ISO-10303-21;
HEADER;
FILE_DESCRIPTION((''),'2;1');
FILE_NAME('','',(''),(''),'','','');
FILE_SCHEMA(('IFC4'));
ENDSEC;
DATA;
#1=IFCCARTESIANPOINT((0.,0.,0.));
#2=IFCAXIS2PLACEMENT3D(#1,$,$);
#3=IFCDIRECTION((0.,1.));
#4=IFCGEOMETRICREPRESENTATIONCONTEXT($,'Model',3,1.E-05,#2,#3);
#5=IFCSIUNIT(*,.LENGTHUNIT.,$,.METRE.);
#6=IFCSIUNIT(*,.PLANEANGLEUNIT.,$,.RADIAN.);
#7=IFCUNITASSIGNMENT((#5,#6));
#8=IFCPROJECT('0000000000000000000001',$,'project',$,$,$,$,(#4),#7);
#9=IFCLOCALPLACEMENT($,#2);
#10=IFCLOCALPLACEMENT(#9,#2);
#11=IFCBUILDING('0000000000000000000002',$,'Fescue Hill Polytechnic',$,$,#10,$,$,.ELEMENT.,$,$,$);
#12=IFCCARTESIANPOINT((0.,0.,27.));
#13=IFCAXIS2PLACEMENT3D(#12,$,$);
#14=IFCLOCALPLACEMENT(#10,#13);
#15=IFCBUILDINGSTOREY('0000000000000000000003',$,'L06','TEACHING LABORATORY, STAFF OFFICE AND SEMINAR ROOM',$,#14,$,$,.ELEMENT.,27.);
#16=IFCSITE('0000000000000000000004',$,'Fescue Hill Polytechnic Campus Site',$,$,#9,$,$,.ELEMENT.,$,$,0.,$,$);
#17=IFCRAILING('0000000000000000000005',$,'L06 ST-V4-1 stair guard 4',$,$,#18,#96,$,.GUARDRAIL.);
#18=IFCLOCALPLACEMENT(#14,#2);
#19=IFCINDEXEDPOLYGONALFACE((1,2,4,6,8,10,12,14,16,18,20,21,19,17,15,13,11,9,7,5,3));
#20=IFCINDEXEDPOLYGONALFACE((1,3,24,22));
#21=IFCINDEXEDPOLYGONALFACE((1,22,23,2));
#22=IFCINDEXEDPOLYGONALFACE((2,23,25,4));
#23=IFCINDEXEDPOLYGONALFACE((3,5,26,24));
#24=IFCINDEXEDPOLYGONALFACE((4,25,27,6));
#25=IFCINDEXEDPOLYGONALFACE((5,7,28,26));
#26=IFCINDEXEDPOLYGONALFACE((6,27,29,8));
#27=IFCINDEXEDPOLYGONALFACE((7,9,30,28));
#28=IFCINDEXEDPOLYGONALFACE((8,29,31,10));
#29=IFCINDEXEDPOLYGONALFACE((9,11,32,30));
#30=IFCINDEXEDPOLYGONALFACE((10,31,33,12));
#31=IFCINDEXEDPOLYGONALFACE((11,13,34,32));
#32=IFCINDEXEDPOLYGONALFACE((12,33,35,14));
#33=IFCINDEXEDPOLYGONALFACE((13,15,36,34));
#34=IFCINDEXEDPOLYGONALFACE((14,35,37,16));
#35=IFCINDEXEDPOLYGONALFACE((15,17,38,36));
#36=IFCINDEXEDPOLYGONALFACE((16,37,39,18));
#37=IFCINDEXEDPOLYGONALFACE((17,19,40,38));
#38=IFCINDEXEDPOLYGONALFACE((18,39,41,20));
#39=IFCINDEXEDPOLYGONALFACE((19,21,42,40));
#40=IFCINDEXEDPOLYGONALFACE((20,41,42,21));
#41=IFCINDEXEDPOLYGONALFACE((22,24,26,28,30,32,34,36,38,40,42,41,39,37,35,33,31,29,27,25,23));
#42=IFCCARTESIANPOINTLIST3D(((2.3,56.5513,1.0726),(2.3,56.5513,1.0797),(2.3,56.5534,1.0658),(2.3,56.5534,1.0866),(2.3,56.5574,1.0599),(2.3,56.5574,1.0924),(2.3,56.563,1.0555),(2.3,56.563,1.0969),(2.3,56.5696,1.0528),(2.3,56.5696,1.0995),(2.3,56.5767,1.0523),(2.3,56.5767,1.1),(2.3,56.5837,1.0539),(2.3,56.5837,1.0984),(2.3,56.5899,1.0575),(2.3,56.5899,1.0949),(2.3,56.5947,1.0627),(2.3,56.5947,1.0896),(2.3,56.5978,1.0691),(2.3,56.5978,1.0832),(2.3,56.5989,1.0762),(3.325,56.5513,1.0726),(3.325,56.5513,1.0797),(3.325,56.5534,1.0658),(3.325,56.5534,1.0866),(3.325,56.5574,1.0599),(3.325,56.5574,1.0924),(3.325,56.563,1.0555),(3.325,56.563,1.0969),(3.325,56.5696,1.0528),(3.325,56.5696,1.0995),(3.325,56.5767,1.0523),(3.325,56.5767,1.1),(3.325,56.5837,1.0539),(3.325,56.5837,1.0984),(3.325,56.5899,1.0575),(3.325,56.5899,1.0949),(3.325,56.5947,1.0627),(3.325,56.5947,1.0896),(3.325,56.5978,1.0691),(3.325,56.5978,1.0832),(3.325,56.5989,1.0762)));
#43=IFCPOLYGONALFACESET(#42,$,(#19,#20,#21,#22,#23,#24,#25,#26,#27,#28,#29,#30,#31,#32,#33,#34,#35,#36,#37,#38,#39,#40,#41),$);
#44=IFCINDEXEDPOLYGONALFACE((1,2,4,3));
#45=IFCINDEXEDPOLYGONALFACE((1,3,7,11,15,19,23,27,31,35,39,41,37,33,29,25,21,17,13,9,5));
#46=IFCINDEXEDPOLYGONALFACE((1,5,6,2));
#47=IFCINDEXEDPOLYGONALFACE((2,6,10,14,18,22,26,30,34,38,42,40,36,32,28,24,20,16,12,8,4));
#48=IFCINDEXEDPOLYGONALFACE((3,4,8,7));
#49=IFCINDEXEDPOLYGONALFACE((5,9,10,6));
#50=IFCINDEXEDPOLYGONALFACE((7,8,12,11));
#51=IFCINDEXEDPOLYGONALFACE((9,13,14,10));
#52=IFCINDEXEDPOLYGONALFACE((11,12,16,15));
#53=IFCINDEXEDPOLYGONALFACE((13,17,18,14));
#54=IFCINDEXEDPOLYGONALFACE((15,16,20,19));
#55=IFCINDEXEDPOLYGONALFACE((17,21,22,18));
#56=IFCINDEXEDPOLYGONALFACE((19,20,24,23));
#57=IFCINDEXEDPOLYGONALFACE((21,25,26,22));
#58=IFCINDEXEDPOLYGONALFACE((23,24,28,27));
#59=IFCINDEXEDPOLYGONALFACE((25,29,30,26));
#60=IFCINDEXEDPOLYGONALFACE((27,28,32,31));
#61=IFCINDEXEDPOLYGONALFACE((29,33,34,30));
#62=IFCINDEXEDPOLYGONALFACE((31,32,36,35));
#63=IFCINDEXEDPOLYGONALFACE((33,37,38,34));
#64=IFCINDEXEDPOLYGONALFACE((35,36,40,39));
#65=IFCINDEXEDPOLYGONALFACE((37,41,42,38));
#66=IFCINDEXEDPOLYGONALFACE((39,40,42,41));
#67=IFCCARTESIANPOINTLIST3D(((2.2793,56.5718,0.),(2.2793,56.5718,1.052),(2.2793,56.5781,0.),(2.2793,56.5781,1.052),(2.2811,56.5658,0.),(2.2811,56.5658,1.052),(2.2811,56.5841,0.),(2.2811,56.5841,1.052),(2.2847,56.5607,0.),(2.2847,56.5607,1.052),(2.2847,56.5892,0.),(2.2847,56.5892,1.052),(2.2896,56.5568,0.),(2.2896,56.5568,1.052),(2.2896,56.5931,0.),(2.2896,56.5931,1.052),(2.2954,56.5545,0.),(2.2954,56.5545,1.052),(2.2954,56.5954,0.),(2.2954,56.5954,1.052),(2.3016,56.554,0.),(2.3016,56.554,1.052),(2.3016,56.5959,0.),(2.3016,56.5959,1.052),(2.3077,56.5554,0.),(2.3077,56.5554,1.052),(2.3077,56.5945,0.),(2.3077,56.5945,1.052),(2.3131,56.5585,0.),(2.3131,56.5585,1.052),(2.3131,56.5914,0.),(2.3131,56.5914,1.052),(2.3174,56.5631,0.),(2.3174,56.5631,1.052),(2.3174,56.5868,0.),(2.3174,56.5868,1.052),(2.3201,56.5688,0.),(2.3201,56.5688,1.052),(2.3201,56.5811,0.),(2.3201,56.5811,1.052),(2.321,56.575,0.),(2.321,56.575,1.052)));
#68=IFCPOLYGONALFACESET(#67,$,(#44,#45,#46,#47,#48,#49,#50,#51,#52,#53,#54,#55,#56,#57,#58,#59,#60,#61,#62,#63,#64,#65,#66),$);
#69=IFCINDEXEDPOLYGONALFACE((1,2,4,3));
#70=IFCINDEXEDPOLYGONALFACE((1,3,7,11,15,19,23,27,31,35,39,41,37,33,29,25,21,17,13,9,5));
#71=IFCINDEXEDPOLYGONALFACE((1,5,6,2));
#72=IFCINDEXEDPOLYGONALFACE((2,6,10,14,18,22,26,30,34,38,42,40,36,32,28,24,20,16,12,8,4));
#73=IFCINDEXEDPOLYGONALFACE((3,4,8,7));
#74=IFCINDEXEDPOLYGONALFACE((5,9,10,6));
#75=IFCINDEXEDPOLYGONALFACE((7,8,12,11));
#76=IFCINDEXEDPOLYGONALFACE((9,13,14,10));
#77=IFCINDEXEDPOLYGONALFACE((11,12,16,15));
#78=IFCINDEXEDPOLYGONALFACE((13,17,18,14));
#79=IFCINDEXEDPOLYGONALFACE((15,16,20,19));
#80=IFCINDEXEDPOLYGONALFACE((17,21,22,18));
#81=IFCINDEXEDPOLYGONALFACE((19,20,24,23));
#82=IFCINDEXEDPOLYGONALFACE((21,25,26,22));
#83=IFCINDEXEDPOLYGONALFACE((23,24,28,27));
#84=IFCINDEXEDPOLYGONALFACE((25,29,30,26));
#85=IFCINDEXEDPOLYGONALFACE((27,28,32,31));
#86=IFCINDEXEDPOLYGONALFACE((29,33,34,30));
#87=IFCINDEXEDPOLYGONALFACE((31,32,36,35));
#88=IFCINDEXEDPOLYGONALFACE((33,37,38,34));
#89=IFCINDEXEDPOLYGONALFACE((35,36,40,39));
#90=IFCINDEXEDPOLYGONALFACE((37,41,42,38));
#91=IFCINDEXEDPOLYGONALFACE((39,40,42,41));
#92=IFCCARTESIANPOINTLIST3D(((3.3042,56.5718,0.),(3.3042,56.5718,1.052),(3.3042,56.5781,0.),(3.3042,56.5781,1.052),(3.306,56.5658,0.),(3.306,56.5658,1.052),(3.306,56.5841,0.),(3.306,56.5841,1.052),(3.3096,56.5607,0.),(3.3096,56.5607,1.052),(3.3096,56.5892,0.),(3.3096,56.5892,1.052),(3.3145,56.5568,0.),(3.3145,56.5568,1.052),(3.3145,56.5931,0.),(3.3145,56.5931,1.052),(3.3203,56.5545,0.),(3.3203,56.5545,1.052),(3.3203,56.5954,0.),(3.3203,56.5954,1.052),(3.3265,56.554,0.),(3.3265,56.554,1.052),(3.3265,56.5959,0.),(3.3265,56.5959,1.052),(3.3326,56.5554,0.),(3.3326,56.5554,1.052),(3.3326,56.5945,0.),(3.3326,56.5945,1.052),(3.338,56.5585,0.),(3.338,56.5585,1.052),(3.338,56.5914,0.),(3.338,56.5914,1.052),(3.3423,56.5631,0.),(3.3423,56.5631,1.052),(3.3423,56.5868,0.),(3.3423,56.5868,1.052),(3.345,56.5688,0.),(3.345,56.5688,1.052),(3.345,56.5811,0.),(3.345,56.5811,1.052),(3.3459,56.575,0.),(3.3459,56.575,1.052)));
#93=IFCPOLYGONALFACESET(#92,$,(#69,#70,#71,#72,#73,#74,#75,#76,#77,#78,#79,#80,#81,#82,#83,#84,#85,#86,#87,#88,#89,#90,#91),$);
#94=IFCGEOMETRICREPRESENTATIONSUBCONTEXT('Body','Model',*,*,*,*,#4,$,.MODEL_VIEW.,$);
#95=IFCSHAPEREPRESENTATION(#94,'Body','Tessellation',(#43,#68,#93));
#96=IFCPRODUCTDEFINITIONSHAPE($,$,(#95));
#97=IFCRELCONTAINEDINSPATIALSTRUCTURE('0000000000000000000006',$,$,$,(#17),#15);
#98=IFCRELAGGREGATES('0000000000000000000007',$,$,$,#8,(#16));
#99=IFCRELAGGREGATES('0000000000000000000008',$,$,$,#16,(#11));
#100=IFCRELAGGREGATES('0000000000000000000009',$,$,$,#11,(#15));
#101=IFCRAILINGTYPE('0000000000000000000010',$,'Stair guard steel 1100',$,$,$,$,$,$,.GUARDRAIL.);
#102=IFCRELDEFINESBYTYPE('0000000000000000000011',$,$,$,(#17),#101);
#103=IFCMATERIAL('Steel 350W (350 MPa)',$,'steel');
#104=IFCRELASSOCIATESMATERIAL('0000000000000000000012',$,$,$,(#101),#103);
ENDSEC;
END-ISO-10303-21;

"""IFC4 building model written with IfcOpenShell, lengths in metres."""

from ifc_helpers import new_model, si_unit, direction, frame, origin, origin_2d, place, context, subcontext, project, spatial, circle, extrude, material, type_object, element, save


model = new_model("IFC4")

# Units and contexts
model_context = context("Model", 3, precision=1e-05, world=origin(), true_north=direction((0.0, 1.0)))
body_context = subcontext(model_context, "Body", "Model", "MODEL_VIEW")
ifc_project = project(units=[si_unit("LENGTHUNIT", "METRE"), si_unit("PLANEANGLEUNIT", "RADIAN")], contexts=[model_context])

# Site, building, storey
site_placement = place(None, origin())
site = spatial("IfcSite", under=ifc_project, at=site_placement, Name="Fescue Hill Polytechnic Campus Site", CompositionType="ELEMENT", RefElevation=0.0)
building_placement = place(site_placement, origin())
building = spatial("IfcBuilding", under=site, at=building_placement, Name="Fescue Hill Polytechnic", CompositionType="ELEMENT")
storey_placement = place(building_placement, frame((0.0, 0.0, 27.0)))
storey = spatial("IfcBuildingStorey", under=building, at=storey_placement, Name="L06", Description="TEACHING LABORATORY, STAFF OFFICE AND SEMINAR ROOM", CompositionType="ELEMENT", Elevation=27.0)

# Railing
ifc_material_1 = material(Name="Steel 350W (350 MPa)", Category="steel")
railing_type_1 = type_object("IfcRailingType", Name="Stair guard steel 1100", PredefinedType="GUARDRAIL", material=ifc_material_1)
railing_1_placement = place(storey_placement, frame((2.3, 56.575, 0.0)))
element("IfcRailing", 1, at=railing_1_placement, inside=storey, type_object=railing_type_1, Name="L06 ST-V4-1 stair guard 4", PredefinedType="GUARDRAIL", context=body_context, shape_type="SweptSolid", body=[
    extrude(circle(Radius=0.0239, at=origin_2d()), frame((0.0, 0.0, 1.0762), z_axis=(1.0, 0.0, 0.0), x_axis=(0.0, 1.0, 0.0)), (0.0, 0.0, 1.0), 1.0249),
    extrude(circle(Radius=0.021, at=origin_2d()), origin(), (0.0, 0.0, 1.0), 1.052),
    extrude(circle(Radius=0.021, at=origin_2d()), frame((1.0249, 0.0, 0.0)), (0.0, 0.0, 1.0), 1.052),
])

save(model, "model.ifc")
